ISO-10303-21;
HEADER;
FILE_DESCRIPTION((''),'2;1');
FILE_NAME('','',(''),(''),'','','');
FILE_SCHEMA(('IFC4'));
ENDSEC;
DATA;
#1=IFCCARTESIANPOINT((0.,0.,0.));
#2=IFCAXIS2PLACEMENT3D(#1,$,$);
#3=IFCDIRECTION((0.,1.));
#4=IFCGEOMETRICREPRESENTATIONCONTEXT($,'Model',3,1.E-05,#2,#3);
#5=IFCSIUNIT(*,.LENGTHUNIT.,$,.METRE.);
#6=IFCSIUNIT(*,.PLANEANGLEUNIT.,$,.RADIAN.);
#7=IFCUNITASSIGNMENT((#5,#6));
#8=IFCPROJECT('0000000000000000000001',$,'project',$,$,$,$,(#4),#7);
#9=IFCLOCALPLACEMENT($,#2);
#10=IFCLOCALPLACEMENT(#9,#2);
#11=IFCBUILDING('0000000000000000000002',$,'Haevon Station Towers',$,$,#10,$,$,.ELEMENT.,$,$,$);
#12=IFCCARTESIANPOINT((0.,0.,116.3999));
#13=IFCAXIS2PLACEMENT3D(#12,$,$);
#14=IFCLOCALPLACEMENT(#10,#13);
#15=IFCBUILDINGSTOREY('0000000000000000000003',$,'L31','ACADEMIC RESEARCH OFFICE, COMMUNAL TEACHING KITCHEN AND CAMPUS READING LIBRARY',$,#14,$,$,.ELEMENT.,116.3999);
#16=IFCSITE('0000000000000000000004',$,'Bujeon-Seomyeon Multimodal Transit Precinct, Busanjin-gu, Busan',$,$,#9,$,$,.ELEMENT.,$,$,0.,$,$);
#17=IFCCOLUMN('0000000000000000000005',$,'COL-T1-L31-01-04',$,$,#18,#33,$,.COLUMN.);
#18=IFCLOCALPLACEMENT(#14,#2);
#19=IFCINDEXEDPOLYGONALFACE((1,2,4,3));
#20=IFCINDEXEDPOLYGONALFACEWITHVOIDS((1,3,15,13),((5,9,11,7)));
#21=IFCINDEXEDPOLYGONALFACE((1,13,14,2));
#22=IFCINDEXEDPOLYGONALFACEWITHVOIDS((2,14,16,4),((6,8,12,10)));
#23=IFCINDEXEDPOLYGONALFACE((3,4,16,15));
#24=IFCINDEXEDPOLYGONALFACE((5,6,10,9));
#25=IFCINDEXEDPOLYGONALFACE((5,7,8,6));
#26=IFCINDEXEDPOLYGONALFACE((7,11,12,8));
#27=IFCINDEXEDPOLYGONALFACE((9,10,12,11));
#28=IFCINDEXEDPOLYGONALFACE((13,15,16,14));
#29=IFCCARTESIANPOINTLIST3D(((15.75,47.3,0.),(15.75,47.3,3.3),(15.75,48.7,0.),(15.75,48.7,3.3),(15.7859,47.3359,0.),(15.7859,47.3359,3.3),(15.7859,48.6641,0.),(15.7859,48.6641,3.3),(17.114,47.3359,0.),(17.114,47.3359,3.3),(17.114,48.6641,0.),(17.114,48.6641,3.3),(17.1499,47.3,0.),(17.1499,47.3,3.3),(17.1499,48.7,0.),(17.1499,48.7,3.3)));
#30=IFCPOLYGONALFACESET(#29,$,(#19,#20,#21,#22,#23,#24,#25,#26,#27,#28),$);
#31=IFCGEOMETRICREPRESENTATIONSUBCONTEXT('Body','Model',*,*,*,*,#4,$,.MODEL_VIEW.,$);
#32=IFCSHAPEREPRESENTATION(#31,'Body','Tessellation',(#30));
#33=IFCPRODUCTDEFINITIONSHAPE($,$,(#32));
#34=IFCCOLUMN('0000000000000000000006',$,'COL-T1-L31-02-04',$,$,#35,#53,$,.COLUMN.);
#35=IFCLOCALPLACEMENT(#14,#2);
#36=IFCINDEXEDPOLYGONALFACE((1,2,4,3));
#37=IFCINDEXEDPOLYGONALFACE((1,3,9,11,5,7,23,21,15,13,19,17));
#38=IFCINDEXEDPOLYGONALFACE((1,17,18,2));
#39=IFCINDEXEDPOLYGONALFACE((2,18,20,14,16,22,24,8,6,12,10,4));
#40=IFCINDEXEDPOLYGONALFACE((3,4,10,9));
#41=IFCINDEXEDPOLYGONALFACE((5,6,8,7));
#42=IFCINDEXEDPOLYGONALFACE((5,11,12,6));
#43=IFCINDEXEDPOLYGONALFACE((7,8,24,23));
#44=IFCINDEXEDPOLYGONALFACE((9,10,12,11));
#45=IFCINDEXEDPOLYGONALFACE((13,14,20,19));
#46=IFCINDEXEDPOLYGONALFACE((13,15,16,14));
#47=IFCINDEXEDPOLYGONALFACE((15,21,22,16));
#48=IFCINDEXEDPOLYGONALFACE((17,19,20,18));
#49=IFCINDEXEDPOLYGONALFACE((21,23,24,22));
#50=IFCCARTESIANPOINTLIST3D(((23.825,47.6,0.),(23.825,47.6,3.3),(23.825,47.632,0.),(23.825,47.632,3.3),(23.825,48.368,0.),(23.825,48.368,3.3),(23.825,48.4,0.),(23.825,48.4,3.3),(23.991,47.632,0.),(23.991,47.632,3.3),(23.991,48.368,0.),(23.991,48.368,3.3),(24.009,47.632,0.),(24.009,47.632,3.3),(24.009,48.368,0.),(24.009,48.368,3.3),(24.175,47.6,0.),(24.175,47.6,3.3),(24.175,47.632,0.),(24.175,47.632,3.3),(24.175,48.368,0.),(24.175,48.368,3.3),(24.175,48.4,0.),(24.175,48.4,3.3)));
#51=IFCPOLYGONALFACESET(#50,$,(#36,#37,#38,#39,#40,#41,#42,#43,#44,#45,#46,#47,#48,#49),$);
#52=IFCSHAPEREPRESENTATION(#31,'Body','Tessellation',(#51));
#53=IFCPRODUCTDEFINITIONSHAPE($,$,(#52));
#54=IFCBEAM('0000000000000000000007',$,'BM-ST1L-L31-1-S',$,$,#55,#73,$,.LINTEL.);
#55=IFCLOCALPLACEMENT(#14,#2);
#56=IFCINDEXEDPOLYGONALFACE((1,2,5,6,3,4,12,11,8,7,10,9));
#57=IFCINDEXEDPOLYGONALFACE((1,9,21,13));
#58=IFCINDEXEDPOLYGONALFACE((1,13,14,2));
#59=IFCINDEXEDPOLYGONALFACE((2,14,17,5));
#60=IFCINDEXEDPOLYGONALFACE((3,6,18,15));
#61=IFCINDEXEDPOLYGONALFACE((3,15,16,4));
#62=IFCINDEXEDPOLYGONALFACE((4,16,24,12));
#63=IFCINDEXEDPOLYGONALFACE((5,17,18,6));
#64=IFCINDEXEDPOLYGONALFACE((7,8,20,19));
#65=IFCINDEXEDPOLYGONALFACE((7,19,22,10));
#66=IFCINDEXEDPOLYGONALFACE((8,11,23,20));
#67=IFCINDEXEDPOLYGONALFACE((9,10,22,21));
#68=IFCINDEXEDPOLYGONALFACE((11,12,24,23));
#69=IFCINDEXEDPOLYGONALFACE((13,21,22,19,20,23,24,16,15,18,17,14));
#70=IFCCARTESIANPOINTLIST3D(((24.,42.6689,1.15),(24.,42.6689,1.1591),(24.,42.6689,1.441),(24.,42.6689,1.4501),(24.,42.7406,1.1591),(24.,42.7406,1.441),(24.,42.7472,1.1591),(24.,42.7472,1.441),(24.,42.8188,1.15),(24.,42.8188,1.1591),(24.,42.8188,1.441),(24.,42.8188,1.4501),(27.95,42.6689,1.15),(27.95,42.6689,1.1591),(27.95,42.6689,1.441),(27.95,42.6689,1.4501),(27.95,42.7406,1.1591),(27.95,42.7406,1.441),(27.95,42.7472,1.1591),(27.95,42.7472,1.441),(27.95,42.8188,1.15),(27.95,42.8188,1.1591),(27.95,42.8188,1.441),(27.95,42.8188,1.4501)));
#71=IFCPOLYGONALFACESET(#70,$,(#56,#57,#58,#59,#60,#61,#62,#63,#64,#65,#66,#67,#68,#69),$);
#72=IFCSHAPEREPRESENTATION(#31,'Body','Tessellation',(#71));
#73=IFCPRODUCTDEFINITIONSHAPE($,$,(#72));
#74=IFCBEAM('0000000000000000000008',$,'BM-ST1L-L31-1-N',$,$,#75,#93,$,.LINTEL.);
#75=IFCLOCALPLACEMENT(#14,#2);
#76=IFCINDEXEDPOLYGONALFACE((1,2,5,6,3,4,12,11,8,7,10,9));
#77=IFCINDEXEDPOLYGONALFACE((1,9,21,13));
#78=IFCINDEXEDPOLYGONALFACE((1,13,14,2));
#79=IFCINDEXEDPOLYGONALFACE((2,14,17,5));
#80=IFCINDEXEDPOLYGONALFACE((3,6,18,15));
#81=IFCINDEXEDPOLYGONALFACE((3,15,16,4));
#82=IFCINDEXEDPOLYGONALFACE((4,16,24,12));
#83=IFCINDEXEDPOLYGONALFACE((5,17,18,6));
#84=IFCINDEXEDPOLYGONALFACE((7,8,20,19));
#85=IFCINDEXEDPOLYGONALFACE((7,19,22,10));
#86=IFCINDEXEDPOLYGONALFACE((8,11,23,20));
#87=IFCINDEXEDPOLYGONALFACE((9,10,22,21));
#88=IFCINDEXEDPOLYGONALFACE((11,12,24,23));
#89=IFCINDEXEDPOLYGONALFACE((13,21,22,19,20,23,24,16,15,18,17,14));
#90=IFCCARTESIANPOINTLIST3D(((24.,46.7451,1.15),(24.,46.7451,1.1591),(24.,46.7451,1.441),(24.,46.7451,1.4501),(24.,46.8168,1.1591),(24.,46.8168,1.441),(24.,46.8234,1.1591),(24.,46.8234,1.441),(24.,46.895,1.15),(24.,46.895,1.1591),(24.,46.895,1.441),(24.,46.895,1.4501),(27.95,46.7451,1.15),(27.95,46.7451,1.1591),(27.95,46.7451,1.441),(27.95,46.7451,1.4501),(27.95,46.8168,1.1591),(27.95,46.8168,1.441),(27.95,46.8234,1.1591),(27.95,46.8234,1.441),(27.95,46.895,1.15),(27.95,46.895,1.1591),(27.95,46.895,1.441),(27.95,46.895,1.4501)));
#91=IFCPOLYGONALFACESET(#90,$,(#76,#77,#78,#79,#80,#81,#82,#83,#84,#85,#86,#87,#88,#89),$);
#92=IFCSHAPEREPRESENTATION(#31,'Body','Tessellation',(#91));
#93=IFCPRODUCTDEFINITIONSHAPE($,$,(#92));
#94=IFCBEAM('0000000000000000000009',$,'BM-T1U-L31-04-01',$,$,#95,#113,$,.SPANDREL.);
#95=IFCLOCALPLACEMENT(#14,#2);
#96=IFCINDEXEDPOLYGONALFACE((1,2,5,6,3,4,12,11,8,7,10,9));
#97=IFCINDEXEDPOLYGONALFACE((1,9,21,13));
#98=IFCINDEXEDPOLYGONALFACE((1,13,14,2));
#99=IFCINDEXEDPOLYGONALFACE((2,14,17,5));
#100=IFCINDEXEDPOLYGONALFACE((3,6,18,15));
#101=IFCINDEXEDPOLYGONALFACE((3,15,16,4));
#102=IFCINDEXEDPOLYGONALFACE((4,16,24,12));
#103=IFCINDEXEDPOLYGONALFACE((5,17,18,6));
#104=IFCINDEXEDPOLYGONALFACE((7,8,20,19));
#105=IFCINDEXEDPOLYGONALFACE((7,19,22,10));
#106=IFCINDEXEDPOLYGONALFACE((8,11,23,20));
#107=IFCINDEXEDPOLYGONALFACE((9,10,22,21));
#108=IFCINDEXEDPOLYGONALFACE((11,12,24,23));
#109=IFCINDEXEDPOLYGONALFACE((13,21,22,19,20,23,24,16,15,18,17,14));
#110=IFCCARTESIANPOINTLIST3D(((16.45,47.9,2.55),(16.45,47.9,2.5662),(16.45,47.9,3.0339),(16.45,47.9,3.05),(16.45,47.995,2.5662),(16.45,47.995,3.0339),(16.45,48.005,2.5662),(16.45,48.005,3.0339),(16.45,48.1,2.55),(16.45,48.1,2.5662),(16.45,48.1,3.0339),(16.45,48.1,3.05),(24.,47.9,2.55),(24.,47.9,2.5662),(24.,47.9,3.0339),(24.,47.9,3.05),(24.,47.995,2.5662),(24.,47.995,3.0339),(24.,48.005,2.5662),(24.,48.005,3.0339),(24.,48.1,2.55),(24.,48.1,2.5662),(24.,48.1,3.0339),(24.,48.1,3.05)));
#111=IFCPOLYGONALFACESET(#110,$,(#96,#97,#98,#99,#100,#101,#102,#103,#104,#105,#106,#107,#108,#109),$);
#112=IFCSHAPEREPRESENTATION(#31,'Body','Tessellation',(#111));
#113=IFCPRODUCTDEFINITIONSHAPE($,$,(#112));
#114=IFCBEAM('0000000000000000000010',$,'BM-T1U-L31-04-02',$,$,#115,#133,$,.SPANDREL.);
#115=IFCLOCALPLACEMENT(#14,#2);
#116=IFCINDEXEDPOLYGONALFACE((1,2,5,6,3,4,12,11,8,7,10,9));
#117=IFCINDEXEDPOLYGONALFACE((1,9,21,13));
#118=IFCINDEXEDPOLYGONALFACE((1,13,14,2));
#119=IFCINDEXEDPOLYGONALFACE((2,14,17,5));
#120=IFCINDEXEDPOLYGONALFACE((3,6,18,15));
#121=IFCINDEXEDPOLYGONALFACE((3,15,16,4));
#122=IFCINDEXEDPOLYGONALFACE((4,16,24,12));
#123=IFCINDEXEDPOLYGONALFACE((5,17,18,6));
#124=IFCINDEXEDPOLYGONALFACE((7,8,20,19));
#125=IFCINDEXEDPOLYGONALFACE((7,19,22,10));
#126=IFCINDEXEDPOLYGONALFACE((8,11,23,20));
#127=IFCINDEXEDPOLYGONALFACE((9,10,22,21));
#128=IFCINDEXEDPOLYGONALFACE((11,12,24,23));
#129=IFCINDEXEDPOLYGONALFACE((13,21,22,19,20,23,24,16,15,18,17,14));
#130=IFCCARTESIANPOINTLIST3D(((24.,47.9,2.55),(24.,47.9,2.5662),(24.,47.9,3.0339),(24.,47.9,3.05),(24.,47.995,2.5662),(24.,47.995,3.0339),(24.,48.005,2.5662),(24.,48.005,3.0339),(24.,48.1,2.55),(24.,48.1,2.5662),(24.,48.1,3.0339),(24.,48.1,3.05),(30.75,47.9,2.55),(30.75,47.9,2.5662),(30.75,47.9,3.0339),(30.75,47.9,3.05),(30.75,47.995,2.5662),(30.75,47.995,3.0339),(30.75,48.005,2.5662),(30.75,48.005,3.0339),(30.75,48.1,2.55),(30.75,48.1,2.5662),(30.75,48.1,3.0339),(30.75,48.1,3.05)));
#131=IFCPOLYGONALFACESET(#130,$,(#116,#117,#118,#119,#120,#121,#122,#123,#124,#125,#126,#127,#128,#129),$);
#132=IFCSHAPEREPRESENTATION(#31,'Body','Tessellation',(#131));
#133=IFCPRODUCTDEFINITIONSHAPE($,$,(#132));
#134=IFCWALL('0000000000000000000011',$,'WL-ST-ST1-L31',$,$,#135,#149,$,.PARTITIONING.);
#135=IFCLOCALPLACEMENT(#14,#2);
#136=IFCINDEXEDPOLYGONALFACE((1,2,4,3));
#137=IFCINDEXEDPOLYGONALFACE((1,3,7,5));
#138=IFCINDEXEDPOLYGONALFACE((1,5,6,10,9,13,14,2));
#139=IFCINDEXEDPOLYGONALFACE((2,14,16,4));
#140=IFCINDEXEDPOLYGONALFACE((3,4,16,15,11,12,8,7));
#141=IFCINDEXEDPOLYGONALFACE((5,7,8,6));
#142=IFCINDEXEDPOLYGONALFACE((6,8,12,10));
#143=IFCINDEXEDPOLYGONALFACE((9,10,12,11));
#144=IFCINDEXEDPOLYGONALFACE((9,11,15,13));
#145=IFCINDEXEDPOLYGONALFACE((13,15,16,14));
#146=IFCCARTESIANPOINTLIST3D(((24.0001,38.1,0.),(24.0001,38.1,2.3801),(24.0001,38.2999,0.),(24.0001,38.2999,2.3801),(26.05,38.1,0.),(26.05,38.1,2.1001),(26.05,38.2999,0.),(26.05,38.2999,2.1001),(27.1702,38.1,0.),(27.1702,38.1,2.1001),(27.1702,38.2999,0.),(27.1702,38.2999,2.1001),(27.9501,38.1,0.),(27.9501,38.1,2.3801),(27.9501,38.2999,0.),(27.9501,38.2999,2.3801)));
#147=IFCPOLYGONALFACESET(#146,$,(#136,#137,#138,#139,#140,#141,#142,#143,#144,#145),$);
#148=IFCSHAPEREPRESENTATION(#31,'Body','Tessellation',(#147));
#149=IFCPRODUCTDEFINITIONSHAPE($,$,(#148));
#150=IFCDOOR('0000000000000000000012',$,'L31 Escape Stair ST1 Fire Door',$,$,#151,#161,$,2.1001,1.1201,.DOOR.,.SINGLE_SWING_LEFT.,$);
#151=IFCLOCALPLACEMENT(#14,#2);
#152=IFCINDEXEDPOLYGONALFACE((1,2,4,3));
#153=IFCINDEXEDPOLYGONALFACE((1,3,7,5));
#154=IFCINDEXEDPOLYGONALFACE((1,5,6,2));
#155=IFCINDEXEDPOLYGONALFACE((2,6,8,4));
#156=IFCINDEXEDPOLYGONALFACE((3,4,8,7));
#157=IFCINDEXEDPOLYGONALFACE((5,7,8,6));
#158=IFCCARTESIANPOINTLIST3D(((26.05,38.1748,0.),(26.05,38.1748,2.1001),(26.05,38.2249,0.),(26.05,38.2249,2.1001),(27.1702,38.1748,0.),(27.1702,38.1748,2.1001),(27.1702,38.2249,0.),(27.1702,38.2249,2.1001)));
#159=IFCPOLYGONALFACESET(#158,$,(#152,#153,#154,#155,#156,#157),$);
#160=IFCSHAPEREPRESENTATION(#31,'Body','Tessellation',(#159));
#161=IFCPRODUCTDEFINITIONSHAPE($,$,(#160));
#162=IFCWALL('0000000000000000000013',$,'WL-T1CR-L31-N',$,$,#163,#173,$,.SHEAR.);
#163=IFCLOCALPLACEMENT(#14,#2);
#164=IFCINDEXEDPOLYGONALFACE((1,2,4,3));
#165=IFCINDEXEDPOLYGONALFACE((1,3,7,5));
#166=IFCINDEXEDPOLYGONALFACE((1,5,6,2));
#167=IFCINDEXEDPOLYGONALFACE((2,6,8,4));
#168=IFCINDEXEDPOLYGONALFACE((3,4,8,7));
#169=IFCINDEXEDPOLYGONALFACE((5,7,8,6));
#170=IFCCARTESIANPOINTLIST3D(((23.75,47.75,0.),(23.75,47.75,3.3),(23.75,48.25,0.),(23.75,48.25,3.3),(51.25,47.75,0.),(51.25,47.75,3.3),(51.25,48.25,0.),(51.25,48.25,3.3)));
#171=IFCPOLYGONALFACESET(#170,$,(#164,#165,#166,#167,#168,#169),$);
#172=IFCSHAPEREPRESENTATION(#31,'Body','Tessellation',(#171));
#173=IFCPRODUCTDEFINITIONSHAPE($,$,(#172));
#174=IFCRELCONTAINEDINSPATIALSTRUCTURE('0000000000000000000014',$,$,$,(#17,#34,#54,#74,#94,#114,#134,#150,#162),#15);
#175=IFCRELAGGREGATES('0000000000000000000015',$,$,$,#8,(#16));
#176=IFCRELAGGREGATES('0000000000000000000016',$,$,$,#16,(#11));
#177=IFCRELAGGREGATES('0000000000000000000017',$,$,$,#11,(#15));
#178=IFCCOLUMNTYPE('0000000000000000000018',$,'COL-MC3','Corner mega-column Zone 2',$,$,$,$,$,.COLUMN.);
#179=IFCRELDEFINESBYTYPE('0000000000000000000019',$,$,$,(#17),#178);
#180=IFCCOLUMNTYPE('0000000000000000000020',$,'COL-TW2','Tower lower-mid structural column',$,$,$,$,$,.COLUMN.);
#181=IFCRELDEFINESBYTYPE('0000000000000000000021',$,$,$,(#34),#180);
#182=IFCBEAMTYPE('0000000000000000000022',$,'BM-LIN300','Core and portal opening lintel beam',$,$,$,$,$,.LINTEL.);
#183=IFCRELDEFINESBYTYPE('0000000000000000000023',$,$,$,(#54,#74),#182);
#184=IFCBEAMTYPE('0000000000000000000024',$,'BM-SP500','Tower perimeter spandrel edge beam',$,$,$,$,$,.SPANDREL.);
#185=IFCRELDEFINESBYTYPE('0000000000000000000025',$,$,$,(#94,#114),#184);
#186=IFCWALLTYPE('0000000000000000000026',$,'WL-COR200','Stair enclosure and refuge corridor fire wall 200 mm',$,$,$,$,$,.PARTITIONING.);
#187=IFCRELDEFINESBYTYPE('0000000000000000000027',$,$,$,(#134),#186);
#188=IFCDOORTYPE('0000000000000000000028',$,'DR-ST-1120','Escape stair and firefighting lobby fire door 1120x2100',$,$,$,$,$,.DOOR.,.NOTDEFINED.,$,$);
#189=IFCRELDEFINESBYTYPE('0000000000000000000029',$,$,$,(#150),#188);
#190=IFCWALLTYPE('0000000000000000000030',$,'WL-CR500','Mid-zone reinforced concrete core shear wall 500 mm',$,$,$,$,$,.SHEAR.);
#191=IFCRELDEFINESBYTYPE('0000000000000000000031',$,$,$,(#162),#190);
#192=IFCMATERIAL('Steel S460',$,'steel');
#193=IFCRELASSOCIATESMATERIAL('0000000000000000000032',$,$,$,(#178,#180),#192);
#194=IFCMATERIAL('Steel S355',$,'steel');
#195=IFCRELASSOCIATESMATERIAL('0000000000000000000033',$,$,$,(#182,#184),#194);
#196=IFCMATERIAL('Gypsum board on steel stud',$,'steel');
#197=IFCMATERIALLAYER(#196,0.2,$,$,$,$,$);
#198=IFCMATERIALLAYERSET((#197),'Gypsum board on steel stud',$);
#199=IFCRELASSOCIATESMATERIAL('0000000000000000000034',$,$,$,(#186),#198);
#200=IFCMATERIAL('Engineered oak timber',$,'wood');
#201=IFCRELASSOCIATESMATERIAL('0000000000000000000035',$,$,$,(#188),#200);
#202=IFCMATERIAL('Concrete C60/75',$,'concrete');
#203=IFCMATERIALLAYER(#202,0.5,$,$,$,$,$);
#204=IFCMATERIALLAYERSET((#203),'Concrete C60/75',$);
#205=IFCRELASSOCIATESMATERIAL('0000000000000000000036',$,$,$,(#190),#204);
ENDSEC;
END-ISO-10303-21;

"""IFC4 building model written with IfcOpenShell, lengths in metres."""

from ifc_helpers import new_model, si_unit, direction, frame, frame_2d, origin, origin_2d, place, context, subcontext, project, spatial, rectangle, hollow_rectangle, i_section, extrude, material, layer, layer_set, material_profile, profile_set, type_object, element, fill, save


model = new_model("IFC4")

# Units and contexts
model_context = context("Model", 3, precision=1e-05, world=origin(), true_north=direction((0.0, 1.0)))
body_context = subcontext(model_context, "Body", "Model", "MODEL_VIEW")
ifc_project = project(units=[si_unit("LENGTHUNIT", "METRE"), si_unit("PLANEANGLEUNIT", "RADIAN")], contexts=[model_context])

# Site, building, storey
site_placement = place(None, origin())
site = spatial("IfcSite", under=ifc_project, at=site_placement, Name="Bujeon-Seomyeon Multimodal Transit Precinct, Busanjin-gu, Busan", CompositionType="ELEMENT", RefElevation=0.0)
building_placement = place(site_placement, origin())
building = spatial("IfcBuilding", under=site, at=building_placement, Name="Haevon Station Towers", CompositionType="ELEMENT")
storey_placement = place(building_placement, frame((0.0, 0.0, 116.3999)))
storey = spatial("IfcBuildingStorey", under=building, at=storey_placement, Name="L31", Description="ACADEMIC RESEARCH OFFICE, COMMUNAL TEACHING KITCHEN AND CAMPUS READING LIBRARY", CompositionType="ELEMENT", Elevation=116.3999)

# Columns
ifc_material_1 = material(Name="Steel S460", Category="steel")
ifc_material_profile_1 = material_profile(ifc_material_1, hollow_rectangle(XDim=1.3999, YDim=1.3999, WallThickness=0.0359, at=origin_2d()), Name="BOX-1400x1400x36")
ifc_profile_set_1 = profile_set([ifc_material_profile_1], Name="Steel S460")
column_type_1 = type_object("IfcColumnType", Name="COL-MC3", Description="Corner mega-column Zone 2", PredefinedType="COLUMN", material=ifc_profile_set_1)
column_1_placement = place(storey_placement, frame((16.45, 48.0, 0.0), z_axis=(0.0, 0.0, 1.0), x_axis=(1.0, 0.0, 0.0)))
element("IfcColumn", 1, at=column_1_placement, inside=storey, type_object=column_type_1, Name="COL-T1-L31-01-04", PredefinedType="COLUMN", context=body_context, shape_type="SweptSolid", body=[
    extrude(hollow_rectangle(XDim=1.3999, YDim=1.3999, WallThickness=0.0359, at=origin_2d()), origin(), (0.0, 0.0, 1.0), 3.3),
])
ifc_material_profile_2 = material_profile(ifc_material_1, i_section(OverallWidth=0.3501, OverallDepth=0.8, WebThickness=0.0181, FlangeThickness=0.032, at=origin_2d()), Name="H-800x350x18x32")
ifc_profile_set_2 = profile_set([ifc_material_profile_2], Name="Steel S460")
column_type_2 = type_object("IfcColumnType", Name="COL-TW2", Description="Tower lower-mid structural column", PredefinedType="COLUMN", material=ifc_profile_set_2)
column_2_placement = place(storey_placement, frame((24.0, 48.0, 0.0), z_axis=(0.0, 0.0, 1.0), x_axis=(1.0, 0.0, 0.0)))
element("IfcColumn", 2, at=column_2_placement, inside=storey, type_object=column_type_2, Name="COL-T1-L31-02-04", PredefinedType="COLUMN", context=body_context, shape_type="SweptSolid", body=[
    extrude(i_section(OverallWidth=0.3501, OverallDepth=0.8, WebThickness=0.0181, FlangeThickness=0.032, at=origin_2d()), origin(), (0.0, 0.0, 1.0), 3.3),
])

# Beams
ifc_material_2 = material(Name="Steel S355", Category="steel")
ifc_material_profile_3 = material_profile(ifc_material_2, i_section(OverallWidth=0.1499, OverallDepth=0.3, WebThickness=0.0066, FlangeThickness=0.009, at=origin_2d()), Name="H-300x150x6.5x9")
ifc_profile_set_3 = profile_set([ifc_material_profile_3], Name="Steel S355")
beam_type_1 = type_object("IfcBeamType", Name="BM-LIN300", Description="Core and portal opening lintel beam", PredefinedType="LINTEL", material=ifc_profile_set_3)
for number, where, z_axis, x_axis, name in (
    (3, (24.0, 42.7439, 1.3), (1.0, 0.0, 0.0), (0.0, 1.0, 0.0), "BM-ST1L-L31-1-S"),
    (4, (24.0, 46.8201, 1.3), (1.0, 0.0, 0.0), (0.0, 1.0, 0.0), "BM-ST1L-L31-1-N"),
):
    element("IfcBeam", number, at=place(storey_placement, frame(where, z_axis=z_axis, x_axis=x_axis)), inside=storey, type_object=beam_type_1, Name=name, PredefinedType="LINTEL", context=body_context, shape_type="SweptSolid", body=[
        extrude(i_section(OverallWidth=0.1499, OverallDepth=0.3, WebThickness=0.0066, FlangeThickness=0.009, at=origin_2d()), origin(), (0.0, 0.0, 1.0), 3.95),
    ])
ifc_material_profile_4 = material_profile(ifc_material_2, i_section(OverallWidth=0.2, OverallDepth=0.5, WebThickness=0.01, FlangeThickness=0.0161, at=origin_2d()), Name="H-500x200x10x16")
ifc_profile_set_4 = profile_set([ifc_material_profile_4], Name="Steel S355")
beam_type_2 = type_object("IfcBeamType", Name="BM-SP500", Description="Tower perimeter spandrel edge beam", PredefinedType="SPANDREL", material=ifc_profile_set_4)
beam_1_placement = place(storey_placement, frame((16.45, 48.0, 2.8), z_axis=(1.0, 0.0, 0.0), x_axis=(0.0, 1.0, 0.0)))
element("IfcBeam", 5, at=beam_1_placement, inside=storey, type_object=beam_type_2, Name="BM-T1U-L31-04-01", PredefinedType="SPANDREL", context=body_context, shape_type="SweptSolid", body=[
    extrude(i_section(OverallWidth=0.2, OverallDepth=0.5, WebThickness=0.01, FlangeThickness=0.0161, at=origin_2d()), origin(), (0.0, 0.0, 1.0), 7.55),
])
beam_2_placement = place(storey_placement, frame((24.0, 48.0, 2.8), z_axis=(1.0, 0.0, 0.0), x_axis=(0.0, 1.0, 0.0)))
element("IfcBeam", 6, at=beam_2_placement, inside=storey, type_object=beam_type_2, Name="BM-T1U-L31-04-02", PredefinedType="SPANDREL", context=body_context, shape_type="SweptSolid", body=[
    extrude(i_section(OverallWidth=0.2, OverallDepth=0.5, WebThickness=0.01, FlangeThickness=0.0161, at=origin_2d()), origin(), (0.0, 0.0, 1.0), 6.75),
])

# Wall, opening, door
ifc_material_3 = material(Name="Gypsum board on steel stud", Category="steel")
ifc_layer_1 = layer(ifc_material_3, 0.2)
ifc_layer_set_1 = layer_set([ifc_layer_1], Name="Gypsum board on steel stud")
wall_type_1 = type_object("IfcWallType", Name="WL-COR200", Description="Stair enclosure and refuge corridor fire wall 200 mm", PredefinedType="PARTITIONING", material=ifc_layer_set_1)
wall_1_placement = place(storey_placement, frame((24.0, 38.2, 0.0), z_axis=(0.0, 0.0, 1.0), x_axis=(1.0, 0.0, 0.0)))
wall_1 = element("IfcWall", 7, at=wall_1_placement, inside=storey, type_object=wall_type_1, Name="WL-ST-ST1-L31", PredefinedType="PARTITIONING", context=body_context, shape_type="SweptSolid", body=[
    extrude(rectangle(XDim=3.95, YDim=0.2, at=frame_2d((1.9751, 0.0))), origin(), (0.0, 0.0, 1.0), 2.3801),
])
opening_placement = place(wall_1_placement, frame((2.05, 0.0, 0.0)))
opening = element("IfcOpeningElement", 8, at=opening_placement, cuts=wall_1, PredefinedType="OPENING", context=body_context, shape_type="SweptSolid", body=[
    extrude(rectangle(XDim=1.1201, YDim=2.1001, at=frame_2d((0.5601, 1.05))), frame((0.0, 0.1099, 0.0), z_axis=(0.0, -1.0, 0.0), x_axis=(1.0, 0.0, 0.0)), (0.0, 0.0, 1.0), 0.22),
])
ifc_material_4 = material(Name="Engineered oak timber", Category="wood")
door_type = type_object("IfcDoorType", Name="DR-ST-1120", Description="Escape stair and firefighting lobby fire door 1120x2100", OperationType="NOTDEFINED", PredefinedType="DOOR", material=ifc_material_4)
door_placement = place(opening_placement, origin())
door = element("IfcDoor", 9, at=door_placement, inside=storey, type_object=door_type, Name="L31 Escape Stair ST1 Fire Door", OperationType="SINGLE_SWING_LEFT", OverallHeight=2.1001, OverallWidth=1.1201, PredefinedType="DOOR", context=body_context, shape_type="SweptSolid", body=[
    extrude(rectangle(XDim=1.1201, YDim=2.1001, at=frame_2d((0.5601, 1.05))), frame((0.0, 0.0249, 0.0), z_axis=(0.0, -1.0, 0.0), x_axis=(1.0, 0.0, 0.0)), (0.0, 0.0, 1.0), 0.05),
])
fill(opening, door)

# Wall
ifc_material_5 = material(Name="Concrete C60/75", Category="concrete")
ifc_layer_2 = layer(ifc_material_5, 0.5)
ifc_layer_set_2 = layer_set([ifc_layer_2], Name="Concrete C60/75")
wall_type_2 = type_object("IfcWallType", Name="WL-CR500", Description="Mid-zone reinforced concrete core shear wall 500 mm", PredefinedType="SHEAR", material=ifc_layer_set_2)
wall_2_placement = place(storey_placement, frame((23.75, 48.0, 0.0), z_axis=(0.0, 0.0, 1.0), x_axis=(1.0, 0.0, 0.0)))
element("IfcWall", 10, at=wall_2_placement, inside=storey, type_object=wall_type_2, Name="WL-T1CR-L31-N", PredefinedType="SHEAR", context=body_context, shape_type="SweptSolid", body=[
    extrude(rectangle(XDim=27.5, YDim=0.5, at=frame_2d((13.75, 0.0))), origin(), (0.0, 0.0, 1.0), 3.3),
])

save(model, "model.ifc")
